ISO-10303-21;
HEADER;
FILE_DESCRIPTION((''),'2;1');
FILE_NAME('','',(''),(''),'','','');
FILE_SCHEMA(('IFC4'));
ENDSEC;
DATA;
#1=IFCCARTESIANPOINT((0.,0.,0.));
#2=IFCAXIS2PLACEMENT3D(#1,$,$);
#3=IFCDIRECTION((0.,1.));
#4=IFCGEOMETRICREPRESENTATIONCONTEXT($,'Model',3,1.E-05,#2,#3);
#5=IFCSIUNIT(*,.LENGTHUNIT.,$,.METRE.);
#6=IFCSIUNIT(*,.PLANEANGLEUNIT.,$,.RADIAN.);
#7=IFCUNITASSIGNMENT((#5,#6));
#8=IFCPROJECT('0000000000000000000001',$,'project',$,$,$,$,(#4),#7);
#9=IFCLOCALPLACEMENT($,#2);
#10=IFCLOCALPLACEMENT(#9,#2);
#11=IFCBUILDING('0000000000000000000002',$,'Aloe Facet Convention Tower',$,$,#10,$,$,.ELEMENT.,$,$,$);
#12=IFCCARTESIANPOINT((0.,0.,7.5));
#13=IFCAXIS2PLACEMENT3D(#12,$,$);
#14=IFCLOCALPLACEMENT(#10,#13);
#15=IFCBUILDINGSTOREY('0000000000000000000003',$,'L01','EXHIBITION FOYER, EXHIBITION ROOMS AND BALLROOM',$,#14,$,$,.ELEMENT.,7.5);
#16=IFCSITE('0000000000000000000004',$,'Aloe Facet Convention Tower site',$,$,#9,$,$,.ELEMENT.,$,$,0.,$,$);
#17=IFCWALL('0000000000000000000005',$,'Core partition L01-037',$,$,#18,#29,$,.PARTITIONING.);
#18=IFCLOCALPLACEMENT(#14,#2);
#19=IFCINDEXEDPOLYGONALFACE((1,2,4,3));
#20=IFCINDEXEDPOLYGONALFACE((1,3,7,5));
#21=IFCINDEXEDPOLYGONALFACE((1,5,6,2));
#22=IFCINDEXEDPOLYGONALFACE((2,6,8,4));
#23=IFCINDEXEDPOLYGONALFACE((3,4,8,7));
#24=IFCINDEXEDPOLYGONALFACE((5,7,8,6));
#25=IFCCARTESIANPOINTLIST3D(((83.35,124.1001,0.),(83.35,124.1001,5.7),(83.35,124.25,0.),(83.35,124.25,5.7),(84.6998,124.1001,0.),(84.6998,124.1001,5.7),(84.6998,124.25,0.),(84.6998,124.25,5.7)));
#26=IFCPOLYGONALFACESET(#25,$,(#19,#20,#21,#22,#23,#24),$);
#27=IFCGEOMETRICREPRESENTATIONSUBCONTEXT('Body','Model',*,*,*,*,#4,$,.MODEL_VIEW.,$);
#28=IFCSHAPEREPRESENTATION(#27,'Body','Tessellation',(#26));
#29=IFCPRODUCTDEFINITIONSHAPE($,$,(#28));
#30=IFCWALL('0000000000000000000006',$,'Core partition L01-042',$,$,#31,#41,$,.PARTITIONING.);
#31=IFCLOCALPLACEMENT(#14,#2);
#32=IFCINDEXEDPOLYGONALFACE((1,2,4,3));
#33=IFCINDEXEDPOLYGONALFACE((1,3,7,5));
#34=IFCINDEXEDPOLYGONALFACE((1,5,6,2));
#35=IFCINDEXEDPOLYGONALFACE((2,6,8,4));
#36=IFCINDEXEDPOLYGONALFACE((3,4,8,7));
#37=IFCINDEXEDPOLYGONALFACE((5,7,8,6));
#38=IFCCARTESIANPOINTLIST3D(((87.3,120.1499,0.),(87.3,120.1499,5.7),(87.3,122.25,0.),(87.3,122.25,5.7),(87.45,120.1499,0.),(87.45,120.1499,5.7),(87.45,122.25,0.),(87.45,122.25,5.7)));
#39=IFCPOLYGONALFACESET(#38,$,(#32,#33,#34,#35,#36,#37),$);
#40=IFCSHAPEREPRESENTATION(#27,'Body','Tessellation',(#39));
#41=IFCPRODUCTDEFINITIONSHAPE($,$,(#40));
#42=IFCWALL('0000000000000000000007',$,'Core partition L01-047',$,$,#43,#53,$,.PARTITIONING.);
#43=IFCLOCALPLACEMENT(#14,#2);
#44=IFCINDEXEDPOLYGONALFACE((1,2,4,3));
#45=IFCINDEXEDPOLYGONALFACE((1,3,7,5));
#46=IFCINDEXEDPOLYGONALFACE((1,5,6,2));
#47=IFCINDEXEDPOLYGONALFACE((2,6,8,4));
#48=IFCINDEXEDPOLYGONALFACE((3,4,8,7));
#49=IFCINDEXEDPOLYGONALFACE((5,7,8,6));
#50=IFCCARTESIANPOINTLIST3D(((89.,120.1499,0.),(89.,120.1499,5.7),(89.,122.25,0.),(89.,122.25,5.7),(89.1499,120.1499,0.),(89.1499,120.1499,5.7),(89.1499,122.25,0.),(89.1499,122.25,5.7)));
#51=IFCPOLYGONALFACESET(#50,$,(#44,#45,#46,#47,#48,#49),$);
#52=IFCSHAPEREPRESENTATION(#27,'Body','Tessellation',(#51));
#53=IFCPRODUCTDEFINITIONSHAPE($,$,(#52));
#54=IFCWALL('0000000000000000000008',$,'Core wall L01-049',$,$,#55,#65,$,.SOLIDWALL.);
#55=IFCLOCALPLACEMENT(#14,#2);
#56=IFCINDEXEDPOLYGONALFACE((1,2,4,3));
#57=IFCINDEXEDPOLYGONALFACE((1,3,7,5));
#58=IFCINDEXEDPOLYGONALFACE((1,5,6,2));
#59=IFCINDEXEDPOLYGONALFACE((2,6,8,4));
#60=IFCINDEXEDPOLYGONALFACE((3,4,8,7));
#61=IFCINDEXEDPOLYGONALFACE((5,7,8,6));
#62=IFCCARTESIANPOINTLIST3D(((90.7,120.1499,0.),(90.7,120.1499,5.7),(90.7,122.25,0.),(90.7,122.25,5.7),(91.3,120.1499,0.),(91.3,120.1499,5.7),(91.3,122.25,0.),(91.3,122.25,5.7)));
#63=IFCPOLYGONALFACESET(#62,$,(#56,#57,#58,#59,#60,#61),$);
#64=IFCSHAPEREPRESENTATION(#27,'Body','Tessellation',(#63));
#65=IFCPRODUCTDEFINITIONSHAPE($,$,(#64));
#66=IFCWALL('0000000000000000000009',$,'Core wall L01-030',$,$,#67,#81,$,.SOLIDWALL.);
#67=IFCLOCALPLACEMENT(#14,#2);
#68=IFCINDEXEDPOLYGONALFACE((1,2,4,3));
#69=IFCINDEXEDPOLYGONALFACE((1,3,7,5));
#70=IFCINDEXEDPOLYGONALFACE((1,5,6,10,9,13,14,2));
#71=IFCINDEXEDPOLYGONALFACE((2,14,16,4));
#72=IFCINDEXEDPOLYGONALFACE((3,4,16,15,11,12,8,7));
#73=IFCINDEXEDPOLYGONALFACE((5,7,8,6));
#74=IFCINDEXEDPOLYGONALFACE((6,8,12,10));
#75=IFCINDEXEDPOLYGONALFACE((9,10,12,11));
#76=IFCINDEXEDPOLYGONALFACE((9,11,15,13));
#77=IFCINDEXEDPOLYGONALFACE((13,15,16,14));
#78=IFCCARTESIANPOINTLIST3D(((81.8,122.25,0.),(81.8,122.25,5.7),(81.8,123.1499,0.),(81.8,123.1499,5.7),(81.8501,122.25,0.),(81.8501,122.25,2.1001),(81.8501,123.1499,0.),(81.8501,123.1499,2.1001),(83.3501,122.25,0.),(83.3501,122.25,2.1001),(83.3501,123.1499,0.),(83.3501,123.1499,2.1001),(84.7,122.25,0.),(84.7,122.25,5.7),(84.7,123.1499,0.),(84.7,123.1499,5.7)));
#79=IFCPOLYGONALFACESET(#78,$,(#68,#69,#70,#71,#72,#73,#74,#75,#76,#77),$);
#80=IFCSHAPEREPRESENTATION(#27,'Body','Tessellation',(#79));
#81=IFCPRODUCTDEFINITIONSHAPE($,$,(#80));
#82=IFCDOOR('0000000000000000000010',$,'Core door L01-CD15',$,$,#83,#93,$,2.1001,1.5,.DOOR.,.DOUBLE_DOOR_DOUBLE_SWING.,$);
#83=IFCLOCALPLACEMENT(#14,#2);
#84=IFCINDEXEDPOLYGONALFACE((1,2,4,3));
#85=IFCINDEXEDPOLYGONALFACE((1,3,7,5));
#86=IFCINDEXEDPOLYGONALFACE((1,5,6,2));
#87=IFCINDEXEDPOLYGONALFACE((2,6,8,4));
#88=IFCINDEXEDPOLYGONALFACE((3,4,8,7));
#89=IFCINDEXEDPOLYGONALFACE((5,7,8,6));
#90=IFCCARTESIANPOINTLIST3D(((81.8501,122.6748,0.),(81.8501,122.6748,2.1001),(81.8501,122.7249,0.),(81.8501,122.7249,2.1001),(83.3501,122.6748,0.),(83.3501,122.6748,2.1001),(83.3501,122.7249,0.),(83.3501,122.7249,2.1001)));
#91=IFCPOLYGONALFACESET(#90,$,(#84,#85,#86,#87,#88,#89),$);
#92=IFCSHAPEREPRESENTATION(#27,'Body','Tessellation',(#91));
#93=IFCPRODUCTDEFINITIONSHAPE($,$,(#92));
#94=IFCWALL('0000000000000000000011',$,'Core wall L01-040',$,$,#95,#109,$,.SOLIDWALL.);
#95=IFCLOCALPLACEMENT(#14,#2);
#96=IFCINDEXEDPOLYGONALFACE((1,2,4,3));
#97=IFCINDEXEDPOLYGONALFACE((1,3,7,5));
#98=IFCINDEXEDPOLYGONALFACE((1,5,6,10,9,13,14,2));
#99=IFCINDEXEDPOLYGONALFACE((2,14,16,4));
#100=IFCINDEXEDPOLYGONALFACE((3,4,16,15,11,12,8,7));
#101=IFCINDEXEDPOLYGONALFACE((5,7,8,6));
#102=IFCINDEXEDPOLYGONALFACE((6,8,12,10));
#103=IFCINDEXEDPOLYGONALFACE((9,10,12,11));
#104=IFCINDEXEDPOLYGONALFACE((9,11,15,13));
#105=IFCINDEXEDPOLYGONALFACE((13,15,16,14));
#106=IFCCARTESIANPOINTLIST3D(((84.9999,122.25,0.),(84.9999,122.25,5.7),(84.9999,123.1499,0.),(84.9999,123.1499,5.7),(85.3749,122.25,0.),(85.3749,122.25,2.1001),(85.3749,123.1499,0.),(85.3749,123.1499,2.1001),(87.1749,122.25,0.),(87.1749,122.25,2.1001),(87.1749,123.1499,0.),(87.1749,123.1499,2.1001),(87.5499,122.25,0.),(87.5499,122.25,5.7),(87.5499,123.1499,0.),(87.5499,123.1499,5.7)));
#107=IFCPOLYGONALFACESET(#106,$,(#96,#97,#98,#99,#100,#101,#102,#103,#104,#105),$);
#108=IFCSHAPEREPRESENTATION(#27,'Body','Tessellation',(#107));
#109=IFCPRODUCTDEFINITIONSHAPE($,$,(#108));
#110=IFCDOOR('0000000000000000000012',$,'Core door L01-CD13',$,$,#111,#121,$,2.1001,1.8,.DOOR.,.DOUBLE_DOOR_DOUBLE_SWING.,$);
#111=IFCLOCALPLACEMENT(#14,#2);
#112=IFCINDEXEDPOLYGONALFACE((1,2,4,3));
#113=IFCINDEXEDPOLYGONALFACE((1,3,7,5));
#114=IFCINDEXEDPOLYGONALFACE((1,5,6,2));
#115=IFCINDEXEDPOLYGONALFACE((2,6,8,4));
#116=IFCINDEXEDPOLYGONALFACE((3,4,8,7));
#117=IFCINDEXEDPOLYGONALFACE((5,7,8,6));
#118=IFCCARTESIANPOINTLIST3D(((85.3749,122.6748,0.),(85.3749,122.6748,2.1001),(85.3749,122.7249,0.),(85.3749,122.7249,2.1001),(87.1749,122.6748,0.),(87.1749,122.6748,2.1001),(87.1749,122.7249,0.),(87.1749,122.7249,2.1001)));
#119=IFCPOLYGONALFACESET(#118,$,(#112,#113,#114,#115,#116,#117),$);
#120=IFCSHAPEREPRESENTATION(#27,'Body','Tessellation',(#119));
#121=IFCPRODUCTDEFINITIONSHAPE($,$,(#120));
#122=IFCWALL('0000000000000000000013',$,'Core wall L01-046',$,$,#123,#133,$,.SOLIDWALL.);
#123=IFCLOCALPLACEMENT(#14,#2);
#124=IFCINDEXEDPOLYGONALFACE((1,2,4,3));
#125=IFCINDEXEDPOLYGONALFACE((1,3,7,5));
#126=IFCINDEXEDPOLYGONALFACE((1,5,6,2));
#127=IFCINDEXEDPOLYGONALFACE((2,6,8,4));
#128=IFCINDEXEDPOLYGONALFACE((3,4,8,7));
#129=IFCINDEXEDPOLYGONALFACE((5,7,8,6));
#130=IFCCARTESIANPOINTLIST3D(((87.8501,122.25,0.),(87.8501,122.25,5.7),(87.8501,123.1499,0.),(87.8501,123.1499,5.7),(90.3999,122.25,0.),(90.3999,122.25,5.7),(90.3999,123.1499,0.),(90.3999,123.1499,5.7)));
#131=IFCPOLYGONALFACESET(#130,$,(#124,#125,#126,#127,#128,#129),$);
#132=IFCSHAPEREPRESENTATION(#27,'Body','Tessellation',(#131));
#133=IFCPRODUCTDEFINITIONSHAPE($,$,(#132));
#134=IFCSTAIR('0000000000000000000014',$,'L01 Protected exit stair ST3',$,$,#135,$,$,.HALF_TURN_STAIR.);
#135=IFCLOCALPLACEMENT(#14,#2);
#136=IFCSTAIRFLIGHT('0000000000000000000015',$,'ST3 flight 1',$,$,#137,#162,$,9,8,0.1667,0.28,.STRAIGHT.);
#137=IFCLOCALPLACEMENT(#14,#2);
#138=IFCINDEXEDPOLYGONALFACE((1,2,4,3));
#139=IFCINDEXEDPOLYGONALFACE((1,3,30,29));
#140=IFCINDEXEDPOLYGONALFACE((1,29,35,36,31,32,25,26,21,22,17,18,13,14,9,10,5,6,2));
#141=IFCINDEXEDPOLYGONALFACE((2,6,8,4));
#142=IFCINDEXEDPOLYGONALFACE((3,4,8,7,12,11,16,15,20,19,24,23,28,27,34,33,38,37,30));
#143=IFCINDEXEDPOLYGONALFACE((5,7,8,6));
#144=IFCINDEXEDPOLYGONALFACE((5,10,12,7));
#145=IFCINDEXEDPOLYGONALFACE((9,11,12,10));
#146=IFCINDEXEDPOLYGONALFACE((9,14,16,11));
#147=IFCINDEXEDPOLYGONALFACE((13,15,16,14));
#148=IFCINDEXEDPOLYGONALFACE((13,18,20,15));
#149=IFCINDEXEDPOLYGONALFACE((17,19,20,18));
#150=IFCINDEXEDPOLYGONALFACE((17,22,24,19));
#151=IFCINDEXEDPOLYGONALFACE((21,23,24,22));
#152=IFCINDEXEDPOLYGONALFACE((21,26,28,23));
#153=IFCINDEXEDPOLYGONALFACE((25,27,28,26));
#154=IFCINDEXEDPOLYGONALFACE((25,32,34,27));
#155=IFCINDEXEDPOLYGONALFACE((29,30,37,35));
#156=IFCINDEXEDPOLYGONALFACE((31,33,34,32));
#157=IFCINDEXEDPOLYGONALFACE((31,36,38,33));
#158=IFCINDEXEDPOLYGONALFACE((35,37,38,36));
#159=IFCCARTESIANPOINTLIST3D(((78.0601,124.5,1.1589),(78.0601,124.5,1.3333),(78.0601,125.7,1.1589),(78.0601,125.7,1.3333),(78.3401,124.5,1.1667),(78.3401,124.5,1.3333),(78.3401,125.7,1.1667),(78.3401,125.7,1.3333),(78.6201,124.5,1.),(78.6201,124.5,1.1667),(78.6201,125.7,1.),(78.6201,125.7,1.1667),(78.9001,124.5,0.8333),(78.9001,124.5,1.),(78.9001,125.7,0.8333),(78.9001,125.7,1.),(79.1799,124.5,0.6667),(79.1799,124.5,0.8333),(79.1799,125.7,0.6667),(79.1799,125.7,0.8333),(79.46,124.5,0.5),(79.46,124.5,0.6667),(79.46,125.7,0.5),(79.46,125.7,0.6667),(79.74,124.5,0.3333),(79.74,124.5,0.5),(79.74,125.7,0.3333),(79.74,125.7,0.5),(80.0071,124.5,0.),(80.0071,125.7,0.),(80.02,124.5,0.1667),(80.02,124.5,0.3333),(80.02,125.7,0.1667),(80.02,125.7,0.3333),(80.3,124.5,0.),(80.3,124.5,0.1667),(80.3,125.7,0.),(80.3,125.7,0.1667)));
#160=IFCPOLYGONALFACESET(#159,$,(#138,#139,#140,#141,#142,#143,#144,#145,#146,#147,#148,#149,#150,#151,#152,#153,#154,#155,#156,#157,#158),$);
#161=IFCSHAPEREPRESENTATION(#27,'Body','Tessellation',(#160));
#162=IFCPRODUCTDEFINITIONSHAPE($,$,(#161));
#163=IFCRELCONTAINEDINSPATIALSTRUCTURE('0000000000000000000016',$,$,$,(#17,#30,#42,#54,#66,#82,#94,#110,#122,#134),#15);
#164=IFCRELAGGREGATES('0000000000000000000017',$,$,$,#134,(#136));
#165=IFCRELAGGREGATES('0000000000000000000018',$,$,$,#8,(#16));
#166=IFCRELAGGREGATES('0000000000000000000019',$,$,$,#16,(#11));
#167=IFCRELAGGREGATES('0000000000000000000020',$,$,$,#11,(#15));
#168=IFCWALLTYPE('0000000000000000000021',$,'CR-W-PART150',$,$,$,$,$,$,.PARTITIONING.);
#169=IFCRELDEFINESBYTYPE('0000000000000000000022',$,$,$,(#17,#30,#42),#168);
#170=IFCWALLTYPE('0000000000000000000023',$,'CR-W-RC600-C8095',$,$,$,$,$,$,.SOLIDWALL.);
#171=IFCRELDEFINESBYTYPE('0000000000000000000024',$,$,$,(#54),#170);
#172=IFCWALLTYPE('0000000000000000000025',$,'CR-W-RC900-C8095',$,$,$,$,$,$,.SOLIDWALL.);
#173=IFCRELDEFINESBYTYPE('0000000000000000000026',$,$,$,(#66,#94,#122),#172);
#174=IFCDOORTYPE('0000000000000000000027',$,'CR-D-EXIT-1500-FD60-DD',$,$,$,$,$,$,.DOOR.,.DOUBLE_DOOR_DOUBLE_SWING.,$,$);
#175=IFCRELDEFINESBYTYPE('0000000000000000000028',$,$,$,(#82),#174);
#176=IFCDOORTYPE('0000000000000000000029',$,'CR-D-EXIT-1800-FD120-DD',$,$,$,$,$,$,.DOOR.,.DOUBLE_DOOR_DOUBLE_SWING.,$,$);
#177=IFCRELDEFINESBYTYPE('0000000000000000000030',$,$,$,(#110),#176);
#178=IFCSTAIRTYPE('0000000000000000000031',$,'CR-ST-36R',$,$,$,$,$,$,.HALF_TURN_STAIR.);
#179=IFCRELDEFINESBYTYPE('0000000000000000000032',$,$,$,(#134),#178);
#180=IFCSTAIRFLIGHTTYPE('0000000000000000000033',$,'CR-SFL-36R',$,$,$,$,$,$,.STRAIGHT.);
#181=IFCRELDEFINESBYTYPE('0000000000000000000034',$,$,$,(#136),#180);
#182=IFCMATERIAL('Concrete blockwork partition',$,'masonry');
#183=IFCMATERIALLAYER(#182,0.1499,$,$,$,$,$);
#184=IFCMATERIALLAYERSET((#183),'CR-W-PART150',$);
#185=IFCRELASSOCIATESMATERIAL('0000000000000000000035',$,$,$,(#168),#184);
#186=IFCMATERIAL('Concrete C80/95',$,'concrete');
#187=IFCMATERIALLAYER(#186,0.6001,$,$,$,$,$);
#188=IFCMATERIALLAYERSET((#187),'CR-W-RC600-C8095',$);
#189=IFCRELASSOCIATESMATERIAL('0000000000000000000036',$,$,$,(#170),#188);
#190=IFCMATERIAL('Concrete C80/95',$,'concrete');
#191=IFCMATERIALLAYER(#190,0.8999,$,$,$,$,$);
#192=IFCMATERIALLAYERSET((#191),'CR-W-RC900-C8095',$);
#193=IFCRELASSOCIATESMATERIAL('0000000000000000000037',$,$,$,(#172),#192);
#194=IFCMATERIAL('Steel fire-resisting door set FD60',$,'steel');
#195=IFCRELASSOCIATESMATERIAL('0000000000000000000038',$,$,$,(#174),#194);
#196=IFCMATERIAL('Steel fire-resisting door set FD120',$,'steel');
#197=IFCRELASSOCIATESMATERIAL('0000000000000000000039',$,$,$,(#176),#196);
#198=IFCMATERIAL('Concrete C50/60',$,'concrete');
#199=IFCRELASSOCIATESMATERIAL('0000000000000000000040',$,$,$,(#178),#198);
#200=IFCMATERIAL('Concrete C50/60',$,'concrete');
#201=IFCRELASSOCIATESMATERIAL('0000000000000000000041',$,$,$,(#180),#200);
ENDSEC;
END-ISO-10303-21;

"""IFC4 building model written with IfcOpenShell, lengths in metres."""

from ifc_helpers import new_model, si_unit, direction, frame, frame_2d, origin, place, context, subcontext, project, spatial, polyline, rectangle, outline, extrude, material, layer, layer_set, type_object, element, fill, aggregate, save


model = new_model("IFC4")

# Units and contexts
model_context = context("Model", 3, precision=1e-05, world=origin(), true_north=direction((0.0, 1.0)))
body_context = subcontext(model_context, "Body", "Model", "MODEL_VIEW")
ifc_project = project(units=[si_unit("LENGTHUNIT", "METRE"), si_unit("PLANEANGLEUNIT", "RADIAN")], contexts=[model_context])

# Site, building, storey
site_placement = place(None, origin())
site = spatial("IfcSite", under=ifc_project, at=site_placement, Name="Aloe Facet Convention Tower site", CompositionType="ELEMENT", RefElevation=0.0)
building_placement = place(site_placement, origin())
building = spatial("IfcBuilding", under=site, at=building_placement, Name="Aloe Facet Convention Tower", CompositionType="ELEMENT")
storey_placement = place(building_placement, frame((0.0, 0.0, 7.5)))
storey = spatial("IfcBuildingStorey", under=building, at=storey_placement, Name="L01", Description="EXHIBITION FOYER, EXHIBITION ROOMS AND BALLROOM", CompositionType="ELEMENT", Elevation=7.5)

# Walls
ifc_material_1 = material(Name="Concrete blockwork partition", Category="masonry")
ifc_layer_1 = layer(ifc_material_1, 0.1499)
ifc_layer_set_1 = layer_set([ifc_layer_1], Name="CR-W-PART150")
wall_type_1 = type_object("IfcWallType", Name="CR-W-PART150", PredefinedType="PARTITIONING", material=ifc_layer_set_1)
wall_1_placement = place(storey_placement, frame((83.3501, 124.175, 0.0), z_axis=(0.0, 0.0, 1.0), x_axis=(1.0, 0.0, 0.0)))
element("IfcWall", 1, at=wall_1_placement, inside=storey, type_object=wall_type_1, Name="Core partition L01-037", PredefinedType="PARTITIONING", context=body_context, shape_type="SweptSolid", body=[
    extrude(rectangle(XDim=1.3499, YDim=0.1499, at=frame_2d((0.6748, 0.0))), origin(), (0.0, 0.0, 1.0), 5.7),
])
for number, where, z_axis, x_axis, name in (
    (2, (87.375, 122.25, 0.0), (0.0, 0.0, 1.0), (0.0, -1.0, 0.0), "Core partition L01-042"),
    (3, (89.075, 122.25, 0.0), (0.0, 0.0, 1.0), (0.0, -1.0, 0.0), "Core partition L01-047"),
):
    element("IfcWall", number, at=place(storey_placement, frame(where, z_axis=z_axis, x_axis=x_axis)), inside=storey, type_object=wall_type_1, Name=name, PredefinedType="PARTITIONING", context=body_context, shape_type="SweptSolid", body=[
        extrude(rectangle(XDim=2.1001, YDim=0.1499, at=frame_2d((1.05, 0.0))), origin(), (0.0, 0.0, 1.0), 5.7),
    ])
ifc_material_2 = material(Name="Concrete C80/95", Category="concrete")
ifc_layer_2 = layer(ifc_material_2, 0.6001)
ifc_layer_set_2 = layer_set([ifc_layer_2], Name="CR-W-RC600-C8095")
wall_type_2 = type_object("IfcWallType", Name="CR-W-RC600-C8095", PredefinedType="SOLIDWALL", material=ifc_layer_set_2)
wall_2_placement = place(storey_placement, frame((91.0, 122.25, 0.0), z_axis=(0.0, 0.0, 1.0), x_axis=(0.0, -1.0, 0.0)))
element("IfcWall", 4, at=wall_2_placement, inside=storey, type_object=wall_type_2, Name="Core wall L01-049", PredefinedType="SOLIDWALL", context=body_context, shape_type="SweptSolid", body=[
    extrude(rectangle(XDim=2.1001, YDim=0.6001, at=frame_2d((1.05, 0.0))), origin(), (0.0, 0.0, 1.0), 5.7),
])

# Walls, openings, doors
ifc_material_3 = material(Name="Concrete C80/95", Category="concrete")
ifc_layer_3 = layer(ifc_material_3, 0.8999)
ifc_layer_set_3 = layer_set([ifc_layer_3], Name="CR-W-RC900-C8095")
wall_type_3 = type_object("IfcWallType", Name="CR-W-RC900-C8095", PredefinedType="SOLIDWALL", material=ifc_layer_set_3)
wall_3_placement = place(storey_placement, frame((81.8, 122.7, 0.0), z_axis=(0.0, 0.0, 1.0), x_axis=(1.0, 0.0, 0.0)))
wall_3 = element("IfcWall", 5, at=wall_3_placement, inside=storey, type_object=wall_type_3, Name="Core wall L01-030", PredefinedType="SOLIDWALL", context=body_context, shape_type="SweptSolid", body=[
    extrude(rectangle(XDim=2.8999, YDim=0.8999, at=frame_2d((1.45, 0.0))), origin(), (0.0, 0.0, 1.0), 5.7),
])
opening_1_placement = place(wall_3_placement, frame((0.05, 0.0, 0.0)))
opening_1 = element("IfcOpeningElement", 6, at=opening_1_placement, cuts=wall_3, PredefinedType="OPENING", context=body_context, shape_type="SweptSolid", body=[
    extrude(rectangle(XDim=1.5, YDim=2.1001, at=frame_2d((0.75, 1.05))), frame((0.0, 0.46, 0.0), z_axis=(0.0, -1.0, 0.0), x_axis=(1.0, 0.0, 0.0)), (0.0, 0.0, 1.0), 0.9199),
])
ifc_material_4 = material(Name="Steel fire-resisting door set FD60", Category="steel")
door_type_1 = type_object("IfcDoorType", Name="CR-D-EXIT-1500-FD60-DD", OperationType="DOUBLE_DOOR_DOUBLE_SWING", PredefinedType="DOOR", material=ifc_material_4)
door_1_placement = place(opening_1_placement, origin())
door_1 = element("IfcDoor", 7, at=door_1_placement, inside=storey, type_object=door_type_1, Name="Core door L01-CD15", OperationType="DOUBLE_DOOR_DOUBLE_SWING", OverallHeight=2.1001, OverallWidth=1.5, PredefinedType="DOOR", context=body_context, shape_type="SweptSolid", body=[
    extrude(rectangle(XDim=1.5, YDim=2.1001, at=frame_2d((0.75, 1.05))), frame((0.0, 0.0249, 0.0), z_axis=(0.0, -1.0, 0.0), x_axis=(1.0, 0.0, 0.0)), (0.0, 0.0, 1.0), 0.05),
])
fill(opening_1, door_1)
wall_4_placement = place(storey_placement, frame((85.0, 122.7, 0.0), z_axis=(0.0, 0.0, 1.0), x_axis=(1.0, 0.0, 0.0)))
wall_4 = element("IfcWall", 8, at=wall_4_placement, inside=storey, type_object=wall_type_3, Name="Core wall L01-040", PredefinedType="SOLIDWALL", context=body_context, shape_type="SweptSolid", body=[
    extrude(rectangle(XDim=2.55, YDim=0.8999, at=frame_2d((1.2749, 0.0))), origin(), (0.0, 0.0, 1.0), 5.7),
])
opening_2_placement = place(wall_4_placement, frame((0.375, 0.0, 0.0)))
opening_2 = element("IfcOpeningElement", 9, at=opening_2_placement, cuts=wall_4, PredefinedType="OPENING", context=body_context, shape_type="SweptSolid", body=[
    extrude(rectangle(XDim=1.8, YDim=2.1001, at=frame_2d((0.8999, 1.05))), frame((0.0, 0.46, 0.0), z_axis=(0.0, -1.0, 0.0), x_axis=(1.0, 0.0, 0.0)), (0.0, 0.0, 1.0), 0.9199),
])
ifc_material_5 = material(Name="Steel fire-resisting door set FD120", Category="steel")
door_type_2 = type_object("IfcDoorType", Name="CR-D-EXIT-1800-FD120-DD", OperationType="DOUBLE_DOOR_DOUBLE_SWING", PredefinedType="DOOR", material=ifc_material_5)
door_2_placement = place(opening_2_placement, origin())
door_2 = element("IfcDoor", 10, at=door_2_placement, inside=storey, type_object=door_type_2, Name="Core door L01-CD13", OperationType="DOUBLE_DOOR_DOUBLE_SWING", OverallHeight=2.1001, OverallWidth=1.8, PredefinedType="DOOR", context=body_context, shape_type="SweptSolid", body=[
    extrude(rectangle(XDim=1.8, YDim=2.1001, at=frame_2d((0.8999, 1.05))), frame((0.0, 0.0249, 0.0), z_axis=(0.0, -1.0, 0.0), x_axis=(1.0, 0.0, 0.0)), (0.0, 0.0, 1.0), 0.05),
])
fill(opening_2, door_2)

# Wall
wall_5_placement = place(storey_placement, frame((87.8501, 122.7, 0.0), z_axis=(0.0, 0.0, 1.0), x_axis=(1.0, 0.0, 0.0)))
element("IfcWall", 11, at=wall_5_placement, inside=storey, type_object=wall_type_3, Name="Core wall L01-046", PredefinedType="SOLIDWALL", context=body_context, shape_type="SweptSolid", body=[
    extrude(rectangle(XDim=2.5498, YDim=0.8999, at=frame_2d((1.2749, 0.0))), origin(), (0.0, 0.0, 1.0), 5.7),
])

# Stair, stair flight
ifc_material_6 = material(Name="Concrete C50/60", Category="concrete")
stair_type = type_object("IfcStairType", Name="CR-ST-36R", PredefinedType="HALF_TURN_STAIR", material=ifc_material_6)
stair_placement = place(storey_placement, origin())
stair = element("IfcStair", 12, at=stair_placement, inside=storey, type_object=stair_type, Name="L01 Protected exit stair ST3", PredefinedType="HALF_TURN_STAIR")
ifc_material_7 = material(Name="Concrete C50/60", Category="concrete")
stair_flight_type = type_object("IfcStairFlightType", Name="CR-SFL-36R", PredefinedType="STRAIGHT", material=ifc_material_7)
stair_flight_1_placement = place(storey_placement, frame((80.3, 125.1001, 0.0), z_axis=(0.0, 0.0, 1.0), x_axis=(-1.0, 0.0, 0.0)))
stair_flight_1 = element("IfcStairFlight", 13, at=stair_flight_1_placement, type_object=stair_flight_type, Name="ST3 flight 1", NumberOfRisers=9, NumberOfTreads=8, PredefinedType="STRAIGHT", RiserHeight=0.1667, TreadLength=0.28, context=body_context, shape_type="SweptSolid", body=[
    extrude(outline(polyline([(0.0, 0.0), (0.0, 0.1667), (0.28, 0.1667), (0.28, 0.3333), (0.5601, 0.3333), (0.5601, 0.5), (0.8401, 0.5), (0.8401, 0.6667), (1.1201, 0.6667), (1.1201, 0.8333), (1.3999, 0.8333), (1.3999, 1.0), (1.6799, 1.0), (1.6799, 1.1667), (1.96, 1.1667), (1.96, 1.3333), (2.24, 1.3333), (2.24, 1.5), (2.24, 1.1589), (0.293, 0.0), (0.0, 0.0)])), frame((0.0, 0.6001, 0.0), z_axis=(0.0, -1.0, 0.0), x_axis=(1.0, 0.0, 0.0)), (0.0, 0.0, 1.0), 1.2),
])
aggregate(stair, [stair_flight_1])

save(model, "model.ifc")
